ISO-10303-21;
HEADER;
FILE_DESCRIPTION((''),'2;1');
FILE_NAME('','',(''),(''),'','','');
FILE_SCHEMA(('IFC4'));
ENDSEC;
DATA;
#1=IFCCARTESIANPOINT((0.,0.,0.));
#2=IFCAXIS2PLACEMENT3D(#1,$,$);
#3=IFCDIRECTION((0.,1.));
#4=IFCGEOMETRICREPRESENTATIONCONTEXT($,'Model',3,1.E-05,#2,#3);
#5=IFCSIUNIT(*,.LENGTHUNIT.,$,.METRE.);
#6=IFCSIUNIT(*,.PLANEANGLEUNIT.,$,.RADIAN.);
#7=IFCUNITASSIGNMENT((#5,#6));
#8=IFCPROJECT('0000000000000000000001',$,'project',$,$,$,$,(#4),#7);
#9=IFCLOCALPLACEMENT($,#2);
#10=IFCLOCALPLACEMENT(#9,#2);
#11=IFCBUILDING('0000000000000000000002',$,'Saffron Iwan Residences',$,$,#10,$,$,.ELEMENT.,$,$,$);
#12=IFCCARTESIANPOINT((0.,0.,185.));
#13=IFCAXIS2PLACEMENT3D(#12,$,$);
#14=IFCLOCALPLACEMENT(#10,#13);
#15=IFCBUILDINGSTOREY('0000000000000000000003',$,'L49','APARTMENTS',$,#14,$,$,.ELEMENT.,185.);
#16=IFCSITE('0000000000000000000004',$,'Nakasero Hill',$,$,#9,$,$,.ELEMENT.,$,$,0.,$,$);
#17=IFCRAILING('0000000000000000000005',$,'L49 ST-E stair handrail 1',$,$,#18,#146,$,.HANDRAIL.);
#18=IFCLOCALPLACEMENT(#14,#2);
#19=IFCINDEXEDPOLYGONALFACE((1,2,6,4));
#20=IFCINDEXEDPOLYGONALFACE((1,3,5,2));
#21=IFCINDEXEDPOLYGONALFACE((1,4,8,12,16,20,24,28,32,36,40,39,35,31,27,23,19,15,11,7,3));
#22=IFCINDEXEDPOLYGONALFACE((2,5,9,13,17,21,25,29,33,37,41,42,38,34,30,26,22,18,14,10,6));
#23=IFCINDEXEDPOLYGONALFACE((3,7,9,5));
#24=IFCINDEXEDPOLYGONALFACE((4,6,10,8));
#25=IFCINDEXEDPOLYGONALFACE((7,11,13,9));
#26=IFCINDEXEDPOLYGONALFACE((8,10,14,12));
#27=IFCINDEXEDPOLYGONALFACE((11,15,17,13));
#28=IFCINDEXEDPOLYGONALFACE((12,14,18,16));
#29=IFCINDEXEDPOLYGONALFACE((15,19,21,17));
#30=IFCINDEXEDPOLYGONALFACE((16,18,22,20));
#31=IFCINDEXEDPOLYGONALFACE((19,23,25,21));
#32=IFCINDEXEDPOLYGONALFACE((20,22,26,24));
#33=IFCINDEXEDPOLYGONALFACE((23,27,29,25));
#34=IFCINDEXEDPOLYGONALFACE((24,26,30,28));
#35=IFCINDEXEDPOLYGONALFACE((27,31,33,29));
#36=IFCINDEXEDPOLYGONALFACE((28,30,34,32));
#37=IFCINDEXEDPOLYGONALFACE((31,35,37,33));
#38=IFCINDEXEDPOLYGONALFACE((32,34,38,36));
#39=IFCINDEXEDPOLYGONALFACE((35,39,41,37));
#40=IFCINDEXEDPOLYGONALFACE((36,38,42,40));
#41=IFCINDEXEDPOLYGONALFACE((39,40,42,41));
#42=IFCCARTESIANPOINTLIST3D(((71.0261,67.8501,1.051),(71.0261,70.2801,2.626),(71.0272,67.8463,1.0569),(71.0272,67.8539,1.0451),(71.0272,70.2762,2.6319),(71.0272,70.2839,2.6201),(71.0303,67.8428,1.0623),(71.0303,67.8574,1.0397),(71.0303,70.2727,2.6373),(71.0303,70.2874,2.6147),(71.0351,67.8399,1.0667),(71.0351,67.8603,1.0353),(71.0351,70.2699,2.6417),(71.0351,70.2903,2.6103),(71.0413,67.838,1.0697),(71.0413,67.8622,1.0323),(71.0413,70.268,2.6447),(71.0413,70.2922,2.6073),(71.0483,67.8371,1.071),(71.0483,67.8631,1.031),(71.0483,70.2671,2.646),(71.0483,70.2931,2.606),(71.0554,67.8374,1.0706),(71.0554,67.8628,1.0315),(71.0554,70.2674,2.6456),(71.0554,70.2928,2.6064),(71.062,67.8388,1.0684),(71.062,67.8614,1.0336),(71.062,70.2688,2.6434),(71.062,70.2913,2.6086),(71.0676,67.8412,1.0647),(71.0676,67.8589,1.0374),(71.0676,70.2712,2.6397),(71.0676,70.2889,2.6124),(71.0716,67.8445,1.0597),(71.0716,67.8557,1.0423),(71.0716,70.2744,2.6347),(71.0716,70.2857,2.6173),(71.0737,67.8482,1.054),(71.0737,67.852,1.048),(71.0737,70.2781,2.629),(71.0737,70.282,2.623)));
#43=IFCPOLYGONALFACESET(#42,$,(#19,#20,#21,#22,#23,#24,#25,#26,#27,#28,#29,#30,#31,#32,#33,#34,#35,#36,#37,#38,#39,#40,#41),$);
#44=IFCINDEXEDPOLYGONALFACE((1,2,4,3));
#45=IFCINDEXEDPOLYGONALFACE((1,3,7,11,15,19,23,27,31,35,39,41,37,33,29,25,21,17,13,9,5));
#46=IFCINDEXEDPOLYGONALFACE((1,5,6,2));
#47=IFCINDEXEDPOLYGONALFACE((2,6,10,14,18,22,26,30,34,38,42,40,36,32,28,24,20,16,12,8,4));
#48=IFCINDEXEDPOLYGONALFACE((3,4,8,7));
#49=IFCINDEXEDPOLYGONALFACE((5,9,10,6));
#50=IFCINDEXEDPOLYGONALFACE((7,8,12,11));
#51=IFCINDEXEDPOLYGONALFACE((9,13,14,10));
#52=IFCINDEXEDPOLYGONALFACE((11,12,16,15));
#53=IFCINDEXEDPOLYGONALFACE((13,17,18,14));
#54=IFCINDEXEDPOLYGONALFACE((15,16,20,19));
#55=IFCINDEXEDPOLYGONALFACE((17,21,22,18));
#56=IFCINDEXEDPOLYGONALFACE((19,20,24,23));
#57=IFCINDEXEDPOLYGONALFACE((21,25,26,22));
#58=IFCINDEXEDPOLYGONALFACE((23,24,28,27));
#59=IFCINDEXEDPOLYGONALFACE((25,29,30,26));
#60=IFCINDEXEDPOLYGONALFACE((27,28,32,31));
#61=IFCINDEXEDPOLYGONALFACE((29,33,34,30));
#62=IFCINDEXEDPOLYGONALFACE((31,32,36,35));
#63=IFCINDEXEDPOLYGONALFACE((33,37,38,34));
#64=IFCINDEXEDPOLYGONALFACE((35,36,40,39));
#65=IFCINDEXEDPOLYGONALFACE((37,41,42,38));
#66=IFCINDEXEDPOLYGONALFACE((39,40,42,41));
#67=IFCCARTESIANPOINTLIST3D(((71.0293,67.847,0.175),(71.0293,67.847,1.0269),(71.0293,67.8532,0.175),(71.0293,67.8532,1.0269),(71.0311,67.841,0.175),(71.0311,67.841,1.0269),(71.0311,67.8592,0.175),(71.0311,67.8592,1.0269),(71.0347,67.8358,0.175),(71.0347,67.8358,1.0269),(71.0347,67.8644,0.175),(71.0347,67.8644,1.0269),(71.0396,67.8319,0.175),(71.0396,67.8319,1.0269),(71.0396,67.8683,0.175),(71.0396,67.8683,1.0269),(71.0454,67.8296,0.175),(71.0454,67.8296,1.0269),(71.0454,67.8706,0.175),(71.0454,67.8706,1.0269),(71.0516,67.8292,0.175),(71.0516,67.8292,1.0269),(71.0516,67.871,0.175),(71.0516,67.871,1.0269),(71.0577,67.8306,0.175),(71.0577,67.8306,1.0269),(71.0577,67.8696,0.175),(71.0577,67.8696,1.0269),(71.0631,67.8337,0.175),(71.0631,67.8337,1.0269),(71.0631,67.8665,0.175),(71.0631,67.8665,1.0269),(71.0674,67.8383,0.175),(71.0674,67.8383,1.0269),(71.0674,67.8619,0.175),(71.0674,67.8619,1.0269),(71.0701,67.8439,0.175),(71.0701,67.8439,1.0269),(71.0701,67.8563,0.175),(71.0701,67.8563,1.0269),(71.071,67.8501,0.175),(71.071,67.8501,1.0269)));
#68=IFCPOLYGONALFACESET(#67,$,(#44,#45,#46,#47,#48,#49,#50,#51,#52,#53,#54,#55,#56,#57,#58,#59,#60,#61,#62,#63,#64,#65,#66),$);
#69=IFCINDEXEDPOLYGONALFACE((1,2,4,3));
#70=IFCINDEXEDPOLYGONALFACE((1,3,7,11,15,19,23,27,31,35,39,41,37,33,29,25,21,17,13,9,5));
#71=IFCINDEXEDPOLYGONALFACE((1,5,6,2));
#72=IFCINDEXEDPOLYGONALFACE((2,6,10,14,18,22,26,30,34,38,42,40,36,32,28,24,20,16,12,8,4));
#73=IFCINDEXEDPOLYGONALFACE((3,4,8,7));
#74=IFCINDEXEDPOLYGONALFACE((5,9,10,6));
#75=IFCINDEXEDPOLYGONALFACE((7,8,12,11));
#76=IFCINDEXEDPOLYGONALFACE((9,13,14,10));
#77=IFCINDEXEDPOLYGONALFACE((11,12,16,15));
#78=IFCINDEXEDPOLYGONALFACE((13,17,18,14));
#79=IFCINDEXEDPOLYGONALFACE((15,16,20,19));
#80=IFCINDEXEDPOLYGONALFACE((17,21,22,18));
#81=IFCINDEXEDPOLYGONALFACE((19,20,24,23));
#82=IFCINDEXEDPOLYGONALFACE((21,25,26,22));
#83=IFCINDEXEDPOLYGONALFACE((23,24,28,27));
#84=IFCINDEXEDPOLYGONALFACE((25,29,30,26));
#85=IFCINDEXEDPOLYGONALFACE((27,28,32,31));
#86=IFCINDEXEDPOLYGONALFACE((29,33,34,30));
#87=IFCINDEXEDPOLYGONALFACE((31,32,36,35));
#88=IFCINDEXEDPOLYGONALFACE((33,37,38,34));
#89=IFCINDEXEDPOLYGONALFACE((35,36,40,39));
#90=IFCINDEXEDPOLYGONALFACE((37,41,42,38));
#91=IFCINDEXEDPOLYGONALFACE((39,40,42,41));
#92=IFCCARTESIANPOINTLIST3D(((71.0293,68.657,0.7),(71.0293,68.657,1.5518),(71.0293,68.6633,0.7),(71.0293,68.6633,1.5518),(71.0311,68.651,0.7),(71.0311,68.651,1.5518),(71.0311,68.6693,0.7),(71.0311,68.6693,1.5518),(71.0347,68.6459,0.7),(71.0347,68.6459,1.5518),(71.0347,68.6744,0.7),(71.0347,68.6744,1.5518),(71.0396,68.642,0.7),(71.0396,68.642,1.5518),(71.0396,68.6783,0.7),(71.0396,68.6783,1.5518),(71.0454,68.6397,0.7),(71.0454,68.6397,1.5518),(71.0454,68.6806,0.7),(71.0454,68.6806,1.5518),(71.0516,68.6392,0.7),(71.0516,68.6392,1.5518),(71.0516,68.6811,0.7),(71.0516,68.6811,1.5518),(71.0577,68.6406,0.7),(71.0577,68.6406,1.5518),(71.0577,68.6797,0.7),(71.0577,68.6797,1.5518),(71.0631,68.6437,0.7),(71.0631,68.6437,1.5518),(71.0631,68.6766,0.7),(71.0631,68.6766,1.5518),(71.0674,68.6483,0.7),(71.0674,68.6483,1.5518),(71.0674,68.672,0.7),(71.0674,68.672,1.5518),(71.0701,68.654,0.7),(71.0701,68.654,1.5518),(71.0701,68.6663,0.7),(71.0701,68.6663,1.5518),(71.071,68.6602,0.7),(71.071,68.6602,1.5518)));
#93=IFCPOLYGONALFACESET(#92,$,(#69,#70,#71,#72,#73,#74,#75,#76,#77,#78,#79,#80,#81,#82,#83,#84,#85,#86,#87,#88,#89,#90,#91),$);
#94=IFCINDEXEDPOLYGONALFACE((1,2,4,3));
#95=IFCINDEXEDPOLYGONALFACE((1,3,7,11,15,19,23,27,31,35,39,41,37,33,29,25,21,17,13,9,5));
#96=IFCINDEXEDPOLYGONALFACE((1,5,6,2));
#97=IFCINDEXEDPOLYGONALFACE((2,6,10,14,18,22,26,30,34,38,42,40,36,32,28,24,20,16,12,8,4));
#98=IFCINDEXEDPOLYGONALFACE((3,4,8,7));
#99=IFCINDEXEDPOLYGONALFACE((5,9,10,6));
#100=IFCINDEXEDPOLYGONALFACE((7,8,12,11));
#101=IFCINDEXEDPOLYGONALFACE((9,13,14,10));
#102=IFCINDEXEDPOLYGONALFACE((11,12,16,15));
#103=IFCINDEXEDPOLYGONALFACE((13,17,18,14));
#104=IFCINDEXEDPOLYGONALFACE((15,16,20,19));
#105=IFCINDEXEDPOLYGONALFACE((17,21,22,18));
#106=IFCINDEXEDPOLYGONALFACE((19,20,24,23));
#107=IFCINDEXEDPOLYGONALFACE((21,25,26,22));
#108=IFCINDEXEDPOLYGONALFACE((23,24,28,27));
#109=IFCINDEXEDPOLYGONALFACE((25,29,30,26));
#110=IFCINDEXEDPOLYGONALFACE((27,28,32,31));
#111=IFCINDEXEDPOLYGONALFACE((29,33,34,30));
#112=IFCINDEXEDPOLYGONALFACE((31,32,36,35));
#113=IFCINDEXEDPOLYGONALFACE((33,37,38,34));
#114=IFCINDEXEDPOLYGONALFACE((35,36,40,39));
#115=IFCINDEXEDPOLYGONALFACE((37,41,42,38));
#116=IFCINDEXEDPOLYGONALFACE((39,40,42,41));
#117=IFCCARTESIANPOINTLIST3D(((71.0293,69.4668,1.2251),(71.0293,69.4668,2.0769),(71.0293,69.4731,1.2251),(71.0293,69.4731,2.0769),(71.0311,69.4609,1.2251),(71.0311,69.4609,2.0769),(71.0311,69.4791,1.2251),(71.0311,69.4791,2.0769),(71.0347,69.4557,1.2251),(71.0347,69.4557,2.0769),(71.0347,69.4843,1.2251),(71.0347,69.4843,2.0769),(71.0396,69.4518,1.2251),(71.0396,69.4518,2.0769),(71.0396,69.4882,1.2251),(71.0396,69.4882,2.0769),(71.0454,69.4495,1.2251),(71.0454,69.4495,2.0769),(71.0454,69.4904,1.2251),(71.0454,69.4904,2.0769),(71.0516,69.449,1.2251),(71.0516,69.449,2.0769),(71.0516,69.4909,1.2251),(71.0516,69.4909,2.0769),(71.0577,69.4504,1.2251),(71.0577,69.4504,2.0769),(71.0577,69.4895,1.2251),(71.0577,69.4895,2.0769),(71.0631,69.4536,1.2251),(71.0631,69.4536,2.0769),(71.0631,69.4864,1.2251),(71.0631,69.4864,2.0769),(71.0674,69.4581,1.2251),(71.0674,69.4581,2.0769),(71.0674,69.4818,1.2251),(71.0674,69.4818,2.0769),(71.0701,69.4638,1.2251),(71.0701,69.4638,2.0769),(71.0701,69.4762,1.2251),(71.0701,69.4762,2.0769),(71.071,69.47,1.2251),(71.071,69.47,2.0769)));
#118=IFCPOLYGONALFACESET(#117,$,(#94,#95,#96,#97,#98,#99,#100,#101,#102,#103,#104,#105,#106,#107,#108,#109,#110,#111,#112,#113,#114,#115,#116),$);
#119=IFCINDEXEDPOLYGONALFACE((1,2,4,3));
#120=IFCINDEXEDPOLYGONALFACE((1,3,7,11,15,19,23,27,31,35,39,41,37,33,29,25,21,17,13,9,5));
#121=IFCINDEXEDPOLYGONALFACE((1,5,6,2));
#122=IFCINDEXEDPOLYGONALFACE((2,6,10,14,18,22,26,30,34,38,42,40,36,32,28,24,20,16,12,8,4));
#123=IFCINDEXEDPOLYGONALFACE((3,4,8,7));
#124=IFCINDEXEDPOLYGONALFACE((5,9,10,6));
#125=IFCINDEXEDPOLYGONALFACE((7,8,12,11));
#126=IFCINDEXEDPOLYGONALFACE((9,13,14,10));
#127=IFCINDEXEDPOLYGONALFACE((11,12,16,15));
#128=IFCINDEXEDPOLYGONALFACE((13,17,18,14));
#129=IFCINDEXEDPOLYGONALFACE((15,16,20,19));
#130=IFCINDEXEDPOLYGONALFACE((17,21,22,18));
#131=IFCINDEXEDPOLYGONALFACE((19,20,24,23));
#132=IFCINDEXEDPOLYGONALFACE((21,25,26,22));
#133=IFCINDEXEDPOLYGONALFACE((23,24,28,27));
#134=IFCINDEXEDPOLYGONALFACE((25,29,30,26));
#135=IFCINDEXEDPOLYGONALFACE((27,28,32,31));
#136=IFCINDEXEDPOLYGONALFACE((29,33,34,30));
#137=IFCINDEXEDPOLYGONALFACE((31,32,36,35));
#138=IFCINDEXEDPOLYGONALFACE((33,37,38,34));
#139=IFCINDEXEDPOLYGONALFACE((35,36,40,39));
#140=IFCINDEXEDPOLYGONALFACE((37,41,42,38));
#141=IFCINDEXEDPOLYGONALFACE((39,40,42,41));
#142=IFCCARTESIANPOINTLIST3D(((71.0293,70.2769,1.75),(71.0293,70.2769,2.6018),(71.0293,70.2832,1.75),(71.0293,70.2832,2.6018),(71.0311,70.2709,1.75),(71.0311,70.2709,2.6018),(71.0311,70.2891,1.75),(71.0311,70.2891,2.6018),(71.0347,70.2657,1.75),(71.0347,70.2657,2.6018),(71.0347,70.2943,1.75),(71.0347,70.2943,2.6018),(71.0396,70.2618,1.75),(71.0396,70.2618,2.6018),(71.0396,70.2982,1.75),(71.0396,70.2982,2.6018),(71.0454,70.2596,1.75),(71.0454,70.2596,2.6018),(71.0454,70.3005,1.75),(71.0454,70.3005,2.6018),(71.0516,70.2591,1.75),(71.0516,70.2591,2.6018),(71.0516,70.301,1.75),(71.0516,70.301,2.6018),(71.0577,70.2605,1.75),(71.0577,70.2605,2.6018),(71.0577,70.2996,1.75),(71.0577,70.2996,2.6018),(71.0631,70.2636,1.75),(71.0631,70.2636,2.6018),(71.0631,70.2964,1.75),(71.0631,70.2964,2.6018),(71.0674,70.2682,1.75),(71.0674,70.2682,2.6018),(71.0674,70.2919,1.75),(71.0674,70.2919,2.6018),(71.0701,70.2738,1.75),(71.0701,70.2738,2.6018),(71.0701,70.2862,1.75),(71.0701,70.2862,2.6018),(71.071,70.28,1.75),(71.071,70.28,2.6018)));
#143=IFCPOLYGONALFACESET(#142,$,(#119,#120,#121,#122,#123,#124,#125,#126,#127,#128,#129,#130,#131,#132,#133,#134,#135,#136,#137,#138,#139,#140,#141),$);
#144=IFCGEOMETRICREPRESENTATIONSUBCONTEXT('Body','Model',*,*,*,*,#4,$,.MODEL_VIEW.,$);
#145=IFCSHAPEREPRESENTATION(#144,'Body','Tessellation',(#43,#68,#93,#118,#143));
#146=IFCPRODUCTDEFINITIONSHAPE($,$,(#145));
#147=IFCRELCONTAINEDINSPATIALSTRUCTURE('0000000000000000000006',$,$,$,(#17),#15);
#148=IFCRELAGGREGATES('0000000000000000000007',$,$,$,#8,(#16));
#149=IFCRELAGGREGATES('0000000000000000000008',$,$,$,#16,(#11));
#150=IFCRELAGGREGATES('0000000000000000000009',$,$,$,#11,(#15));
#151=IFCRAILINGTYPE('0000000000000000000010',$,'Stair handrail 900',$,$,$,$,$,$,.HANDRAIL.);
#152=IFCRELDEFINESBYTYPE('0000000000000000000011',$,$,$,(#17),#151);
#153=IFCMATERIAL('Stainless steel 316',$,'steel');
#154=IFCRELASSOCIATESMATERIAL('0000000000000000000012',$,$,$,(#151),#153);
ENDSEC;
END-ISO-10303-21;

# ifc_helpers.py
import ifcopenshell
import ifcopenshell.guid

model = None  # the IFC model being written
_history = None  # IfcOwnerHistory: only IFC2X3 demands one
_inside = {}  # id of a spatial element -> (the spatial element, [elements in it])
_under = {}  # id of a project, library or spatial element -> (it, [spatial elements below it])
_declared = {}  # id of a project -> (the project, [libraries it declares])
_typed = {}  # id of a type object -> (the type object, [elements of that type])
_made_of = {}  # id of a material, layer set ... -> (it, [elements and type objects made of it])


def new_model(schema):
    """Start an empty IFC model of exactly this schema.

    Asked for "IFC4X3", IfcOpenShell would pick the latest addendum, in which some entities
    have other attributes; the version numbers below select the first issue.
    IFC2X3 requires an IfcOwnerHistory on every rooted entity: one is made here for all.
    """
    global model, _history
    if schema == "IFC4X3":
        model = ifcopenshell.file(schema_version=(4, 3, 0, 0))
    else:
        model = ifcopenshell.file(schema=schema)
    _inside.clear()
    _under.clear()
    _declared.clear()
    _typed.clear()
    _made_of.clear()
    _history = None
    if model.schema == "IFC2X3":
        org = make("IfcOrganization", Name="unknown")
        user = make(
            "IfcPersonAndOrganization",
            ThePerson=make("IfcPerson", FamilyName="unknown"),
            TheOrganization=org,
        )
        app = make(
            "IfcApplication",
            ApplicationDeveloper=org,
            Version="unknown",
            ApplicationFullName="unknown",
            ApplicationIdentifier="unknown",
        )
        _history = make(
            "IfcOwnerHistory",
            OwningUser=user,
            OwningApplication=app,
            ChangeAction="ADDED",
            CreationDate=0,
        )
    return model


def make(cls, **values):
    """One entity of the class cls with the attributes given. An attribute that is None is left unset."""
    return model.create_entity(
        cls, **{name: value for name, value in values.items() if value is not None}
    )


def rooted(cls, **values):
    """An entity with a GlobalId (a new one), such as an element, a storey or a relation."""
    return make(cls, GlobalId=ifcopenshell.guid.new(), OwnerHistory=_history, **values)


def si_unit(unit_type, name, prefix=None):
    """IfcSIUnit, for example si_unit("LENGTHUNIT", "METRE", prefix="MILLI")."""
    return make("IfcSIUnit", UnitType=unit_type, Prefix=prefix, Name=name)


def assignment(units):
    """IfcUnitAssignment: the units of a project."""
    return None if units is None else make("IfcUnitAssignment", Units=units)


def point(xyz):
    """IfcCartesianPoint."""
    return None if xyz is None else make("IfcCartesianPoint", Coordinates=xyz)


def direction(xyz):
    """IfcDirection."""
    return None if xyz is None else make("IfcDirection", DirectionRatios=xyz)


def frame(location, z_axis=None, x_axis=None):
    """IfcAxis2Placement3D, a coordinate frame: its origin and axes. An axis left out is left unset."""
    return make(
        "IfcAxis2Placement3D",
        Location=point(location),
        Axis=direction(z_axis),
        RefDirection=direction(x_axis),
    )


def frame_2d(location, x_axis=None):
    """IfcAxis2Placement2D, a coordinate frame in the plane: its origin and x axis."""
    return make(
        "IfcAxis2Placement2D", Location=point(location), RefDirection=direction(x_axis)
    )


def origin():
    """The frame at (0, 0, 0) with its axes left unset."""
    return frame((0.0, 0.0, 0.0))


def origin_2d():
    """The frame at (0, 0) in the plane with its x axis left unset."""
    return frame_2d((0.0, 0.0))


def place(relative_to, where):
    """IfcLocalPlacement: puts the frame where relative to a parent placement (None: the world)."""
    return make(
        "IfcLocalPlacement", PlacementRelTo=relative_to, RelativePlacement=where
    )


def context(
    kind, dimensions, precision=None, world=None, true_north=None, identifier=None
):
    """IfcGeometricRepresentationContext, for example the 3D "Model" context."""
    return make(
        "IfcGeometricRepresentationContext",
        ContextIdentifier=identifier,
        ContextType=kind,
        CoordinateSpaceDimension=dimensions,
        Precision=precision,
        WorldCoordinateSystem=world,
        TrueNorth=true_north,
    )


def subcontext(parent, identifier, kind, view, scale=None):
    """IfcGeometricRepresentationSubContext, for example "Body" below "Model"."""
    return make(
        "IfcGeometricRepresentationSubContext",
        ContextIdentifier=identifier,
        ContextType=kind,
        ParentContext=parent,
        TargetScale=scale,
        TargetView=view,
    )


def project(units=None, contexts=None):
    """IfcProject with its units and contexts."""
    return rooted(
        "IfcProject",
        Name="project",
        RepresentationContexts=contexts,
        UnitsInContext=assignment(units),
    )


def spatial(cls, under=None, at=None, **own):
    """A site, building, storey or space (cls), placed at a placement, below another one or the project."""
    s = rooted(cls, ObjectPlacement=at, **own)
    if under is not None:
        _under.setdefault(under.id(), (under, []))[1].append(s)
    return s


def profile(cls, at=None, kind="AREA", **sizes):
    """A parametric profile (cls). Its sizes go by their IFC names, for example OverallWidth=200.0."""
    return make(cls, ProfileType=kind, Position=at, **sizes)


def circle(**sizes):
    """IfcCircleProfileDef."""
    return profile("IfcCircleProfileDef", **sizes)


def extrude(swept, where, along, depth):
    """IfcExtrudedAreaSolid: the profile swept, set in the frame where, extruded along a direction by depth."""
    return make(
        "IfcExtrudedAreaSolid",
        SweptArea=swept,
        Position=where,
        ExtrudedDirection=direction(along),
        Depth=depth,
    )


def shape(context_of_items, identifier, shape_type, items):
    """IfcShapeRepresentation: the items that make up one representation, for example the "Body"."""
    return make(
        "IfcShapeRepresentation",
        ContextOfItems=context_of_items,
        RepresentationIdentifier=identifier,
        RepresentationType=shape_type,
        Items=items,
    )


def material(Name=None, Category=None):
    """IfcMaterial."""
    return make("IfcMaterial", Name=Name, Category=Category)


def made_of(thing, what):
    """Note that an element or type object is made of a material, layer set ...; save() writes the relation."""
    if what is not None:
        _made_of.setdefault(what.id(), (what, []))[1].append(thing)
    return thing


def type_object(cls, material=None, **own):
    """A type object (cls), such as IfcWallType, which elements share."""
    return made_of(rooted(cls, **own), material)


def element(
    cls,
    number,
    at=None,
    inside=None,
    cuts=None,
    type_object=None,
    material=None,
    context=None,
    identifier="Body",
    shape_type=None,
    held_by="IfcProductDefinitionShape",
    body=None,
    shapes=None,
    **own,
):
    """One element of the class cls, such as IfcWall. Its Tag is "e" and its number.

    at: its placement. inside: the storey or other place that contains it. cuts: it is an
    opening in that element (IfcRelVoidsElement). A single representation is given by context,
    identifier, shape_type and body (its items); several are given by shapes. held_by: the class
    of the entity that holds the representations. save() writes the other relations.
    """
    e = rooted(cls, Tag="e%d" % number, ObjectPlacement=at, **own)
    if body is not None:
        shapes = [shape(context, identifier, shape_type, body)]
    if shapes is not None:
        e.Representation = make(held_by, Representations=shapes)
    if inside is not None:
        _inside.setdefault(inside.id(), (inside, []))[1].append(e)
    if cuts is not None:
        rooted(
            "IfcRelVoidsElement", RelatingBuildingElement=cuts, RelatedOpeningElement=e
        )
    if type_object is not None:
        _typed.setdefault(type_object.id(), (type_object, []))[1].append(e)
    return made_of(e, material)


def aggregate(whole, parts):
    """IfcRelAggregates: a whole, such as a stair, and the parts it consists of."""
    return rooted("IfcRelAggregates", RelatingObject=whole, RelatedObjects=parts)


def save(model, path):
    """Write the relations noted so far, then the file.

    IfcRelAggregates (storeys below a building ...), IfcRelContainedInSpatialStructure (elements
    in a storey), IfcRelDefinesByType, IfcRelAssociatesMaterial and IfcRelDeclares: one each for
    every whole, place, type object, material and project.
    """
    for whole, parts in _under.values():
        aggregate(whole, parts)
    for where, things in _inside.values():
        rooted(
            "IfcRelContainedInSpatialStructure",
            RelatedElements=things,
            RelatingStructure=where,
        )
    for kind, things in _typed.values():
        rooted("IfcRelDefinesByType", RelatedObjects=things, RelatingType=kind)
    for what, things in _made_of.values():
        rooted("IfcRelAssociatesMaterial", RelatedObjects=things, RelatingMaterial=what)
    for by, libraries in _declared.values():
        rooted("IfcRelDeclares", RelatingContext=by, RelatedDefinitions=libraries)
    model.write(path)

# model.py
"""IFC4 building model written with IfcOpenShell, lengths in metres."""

from ifc_helpers import new_model, si_unit, direction, frame, origin, origin_2d, place, context, subcontext, project, spatial, circle, extrude, material, type_object, element, save


model = new_model("IFC4")

# Units and contexts
model_context = context("Model", 3, precision=1e-05, world=origin(), true_north=direction((0.0, 1.0)))
body_context = subcontext(model_context, "Body", "Model", "MODEL_VIEW")
ifc_project = project(units=[si_unit("LENGTHUNIT", "METRE"), si_unit("PLANEANGLEUNIT", "RADIAN")], contexts=[model_context])

# Site, building, storey
site_placement = place(None, origin())
site = spatial("IfcSite", under=ifc_project, at=site_placement, Name="Nakasero Hill", CompositionType="ELEMENT", RefElevation=0.0)
building_placement = place(site_placement, origin())
building = spatial("IfcBuilding", under=site, at=building_placement, Name="Saffron Iwan Residences", CompositionType="ELEMENT")
storey_placement = place(building_placement, frame((0.0, 0.0, 185.0)))
storey = spatial("IfcBuildingStorey", under=building, at=storey_placement, Name="L49", Description="APARTMENTS", CompositionType="ELEMENT", Elevation=185.0)

# Railing
ifc_material_1 = material(Name="Stainless steel 316", Category="steel")
railing_type_1 = type_object("IfcRailingType", Name="Stair handrail 900", PredefinedType="HANDRAIL", material=ifc_material_1)
railing_1_placement = place(storey_placement, frame((71.05, 67.8501, 0.175)))
element("IfcRailing", 1, at=railing_1_placement, inside=storey, type_object=railing_type_1, Name="L49 ST-E stair handrail 1", PredefinedType="HANDRAIL", context=body_context, shape_type="SweptSolid", body=[
    extrude(circle(Radius=0.0239, at=origin_2d()), frame((0.0, 0.0, 0.876), z_axis=(0.0, 0.839154, 0.543894), x_axis=(-1.0, 0.0, 0.0)), (0.0, 0.0, 1.0), 2.8958),
    extrude(circle(Radius=0.021, at=origin_2d()), origin(), (0.0, 0.0, 1.0), 0.8518),
    extrude(circle(Radius=0.021, at=origin_2d()), frame((0.0, 0.8101, 0.5249)), (0.0, 0.0, 1.0), 0.8518),
    extrude(circle(Radius=0.021, at=origin_2d()), frame((0.0, 1.6199, 1.05)), (0.0, 0.0, 1.0), 0.8518),
    extrude(circle(Radius=0.021, at=origin_2d()), frame((0.0, 2.4299, 1.575)), (0.0, 0.0, 1.0), 0.8518),
])

save(model, "model.ifc")
